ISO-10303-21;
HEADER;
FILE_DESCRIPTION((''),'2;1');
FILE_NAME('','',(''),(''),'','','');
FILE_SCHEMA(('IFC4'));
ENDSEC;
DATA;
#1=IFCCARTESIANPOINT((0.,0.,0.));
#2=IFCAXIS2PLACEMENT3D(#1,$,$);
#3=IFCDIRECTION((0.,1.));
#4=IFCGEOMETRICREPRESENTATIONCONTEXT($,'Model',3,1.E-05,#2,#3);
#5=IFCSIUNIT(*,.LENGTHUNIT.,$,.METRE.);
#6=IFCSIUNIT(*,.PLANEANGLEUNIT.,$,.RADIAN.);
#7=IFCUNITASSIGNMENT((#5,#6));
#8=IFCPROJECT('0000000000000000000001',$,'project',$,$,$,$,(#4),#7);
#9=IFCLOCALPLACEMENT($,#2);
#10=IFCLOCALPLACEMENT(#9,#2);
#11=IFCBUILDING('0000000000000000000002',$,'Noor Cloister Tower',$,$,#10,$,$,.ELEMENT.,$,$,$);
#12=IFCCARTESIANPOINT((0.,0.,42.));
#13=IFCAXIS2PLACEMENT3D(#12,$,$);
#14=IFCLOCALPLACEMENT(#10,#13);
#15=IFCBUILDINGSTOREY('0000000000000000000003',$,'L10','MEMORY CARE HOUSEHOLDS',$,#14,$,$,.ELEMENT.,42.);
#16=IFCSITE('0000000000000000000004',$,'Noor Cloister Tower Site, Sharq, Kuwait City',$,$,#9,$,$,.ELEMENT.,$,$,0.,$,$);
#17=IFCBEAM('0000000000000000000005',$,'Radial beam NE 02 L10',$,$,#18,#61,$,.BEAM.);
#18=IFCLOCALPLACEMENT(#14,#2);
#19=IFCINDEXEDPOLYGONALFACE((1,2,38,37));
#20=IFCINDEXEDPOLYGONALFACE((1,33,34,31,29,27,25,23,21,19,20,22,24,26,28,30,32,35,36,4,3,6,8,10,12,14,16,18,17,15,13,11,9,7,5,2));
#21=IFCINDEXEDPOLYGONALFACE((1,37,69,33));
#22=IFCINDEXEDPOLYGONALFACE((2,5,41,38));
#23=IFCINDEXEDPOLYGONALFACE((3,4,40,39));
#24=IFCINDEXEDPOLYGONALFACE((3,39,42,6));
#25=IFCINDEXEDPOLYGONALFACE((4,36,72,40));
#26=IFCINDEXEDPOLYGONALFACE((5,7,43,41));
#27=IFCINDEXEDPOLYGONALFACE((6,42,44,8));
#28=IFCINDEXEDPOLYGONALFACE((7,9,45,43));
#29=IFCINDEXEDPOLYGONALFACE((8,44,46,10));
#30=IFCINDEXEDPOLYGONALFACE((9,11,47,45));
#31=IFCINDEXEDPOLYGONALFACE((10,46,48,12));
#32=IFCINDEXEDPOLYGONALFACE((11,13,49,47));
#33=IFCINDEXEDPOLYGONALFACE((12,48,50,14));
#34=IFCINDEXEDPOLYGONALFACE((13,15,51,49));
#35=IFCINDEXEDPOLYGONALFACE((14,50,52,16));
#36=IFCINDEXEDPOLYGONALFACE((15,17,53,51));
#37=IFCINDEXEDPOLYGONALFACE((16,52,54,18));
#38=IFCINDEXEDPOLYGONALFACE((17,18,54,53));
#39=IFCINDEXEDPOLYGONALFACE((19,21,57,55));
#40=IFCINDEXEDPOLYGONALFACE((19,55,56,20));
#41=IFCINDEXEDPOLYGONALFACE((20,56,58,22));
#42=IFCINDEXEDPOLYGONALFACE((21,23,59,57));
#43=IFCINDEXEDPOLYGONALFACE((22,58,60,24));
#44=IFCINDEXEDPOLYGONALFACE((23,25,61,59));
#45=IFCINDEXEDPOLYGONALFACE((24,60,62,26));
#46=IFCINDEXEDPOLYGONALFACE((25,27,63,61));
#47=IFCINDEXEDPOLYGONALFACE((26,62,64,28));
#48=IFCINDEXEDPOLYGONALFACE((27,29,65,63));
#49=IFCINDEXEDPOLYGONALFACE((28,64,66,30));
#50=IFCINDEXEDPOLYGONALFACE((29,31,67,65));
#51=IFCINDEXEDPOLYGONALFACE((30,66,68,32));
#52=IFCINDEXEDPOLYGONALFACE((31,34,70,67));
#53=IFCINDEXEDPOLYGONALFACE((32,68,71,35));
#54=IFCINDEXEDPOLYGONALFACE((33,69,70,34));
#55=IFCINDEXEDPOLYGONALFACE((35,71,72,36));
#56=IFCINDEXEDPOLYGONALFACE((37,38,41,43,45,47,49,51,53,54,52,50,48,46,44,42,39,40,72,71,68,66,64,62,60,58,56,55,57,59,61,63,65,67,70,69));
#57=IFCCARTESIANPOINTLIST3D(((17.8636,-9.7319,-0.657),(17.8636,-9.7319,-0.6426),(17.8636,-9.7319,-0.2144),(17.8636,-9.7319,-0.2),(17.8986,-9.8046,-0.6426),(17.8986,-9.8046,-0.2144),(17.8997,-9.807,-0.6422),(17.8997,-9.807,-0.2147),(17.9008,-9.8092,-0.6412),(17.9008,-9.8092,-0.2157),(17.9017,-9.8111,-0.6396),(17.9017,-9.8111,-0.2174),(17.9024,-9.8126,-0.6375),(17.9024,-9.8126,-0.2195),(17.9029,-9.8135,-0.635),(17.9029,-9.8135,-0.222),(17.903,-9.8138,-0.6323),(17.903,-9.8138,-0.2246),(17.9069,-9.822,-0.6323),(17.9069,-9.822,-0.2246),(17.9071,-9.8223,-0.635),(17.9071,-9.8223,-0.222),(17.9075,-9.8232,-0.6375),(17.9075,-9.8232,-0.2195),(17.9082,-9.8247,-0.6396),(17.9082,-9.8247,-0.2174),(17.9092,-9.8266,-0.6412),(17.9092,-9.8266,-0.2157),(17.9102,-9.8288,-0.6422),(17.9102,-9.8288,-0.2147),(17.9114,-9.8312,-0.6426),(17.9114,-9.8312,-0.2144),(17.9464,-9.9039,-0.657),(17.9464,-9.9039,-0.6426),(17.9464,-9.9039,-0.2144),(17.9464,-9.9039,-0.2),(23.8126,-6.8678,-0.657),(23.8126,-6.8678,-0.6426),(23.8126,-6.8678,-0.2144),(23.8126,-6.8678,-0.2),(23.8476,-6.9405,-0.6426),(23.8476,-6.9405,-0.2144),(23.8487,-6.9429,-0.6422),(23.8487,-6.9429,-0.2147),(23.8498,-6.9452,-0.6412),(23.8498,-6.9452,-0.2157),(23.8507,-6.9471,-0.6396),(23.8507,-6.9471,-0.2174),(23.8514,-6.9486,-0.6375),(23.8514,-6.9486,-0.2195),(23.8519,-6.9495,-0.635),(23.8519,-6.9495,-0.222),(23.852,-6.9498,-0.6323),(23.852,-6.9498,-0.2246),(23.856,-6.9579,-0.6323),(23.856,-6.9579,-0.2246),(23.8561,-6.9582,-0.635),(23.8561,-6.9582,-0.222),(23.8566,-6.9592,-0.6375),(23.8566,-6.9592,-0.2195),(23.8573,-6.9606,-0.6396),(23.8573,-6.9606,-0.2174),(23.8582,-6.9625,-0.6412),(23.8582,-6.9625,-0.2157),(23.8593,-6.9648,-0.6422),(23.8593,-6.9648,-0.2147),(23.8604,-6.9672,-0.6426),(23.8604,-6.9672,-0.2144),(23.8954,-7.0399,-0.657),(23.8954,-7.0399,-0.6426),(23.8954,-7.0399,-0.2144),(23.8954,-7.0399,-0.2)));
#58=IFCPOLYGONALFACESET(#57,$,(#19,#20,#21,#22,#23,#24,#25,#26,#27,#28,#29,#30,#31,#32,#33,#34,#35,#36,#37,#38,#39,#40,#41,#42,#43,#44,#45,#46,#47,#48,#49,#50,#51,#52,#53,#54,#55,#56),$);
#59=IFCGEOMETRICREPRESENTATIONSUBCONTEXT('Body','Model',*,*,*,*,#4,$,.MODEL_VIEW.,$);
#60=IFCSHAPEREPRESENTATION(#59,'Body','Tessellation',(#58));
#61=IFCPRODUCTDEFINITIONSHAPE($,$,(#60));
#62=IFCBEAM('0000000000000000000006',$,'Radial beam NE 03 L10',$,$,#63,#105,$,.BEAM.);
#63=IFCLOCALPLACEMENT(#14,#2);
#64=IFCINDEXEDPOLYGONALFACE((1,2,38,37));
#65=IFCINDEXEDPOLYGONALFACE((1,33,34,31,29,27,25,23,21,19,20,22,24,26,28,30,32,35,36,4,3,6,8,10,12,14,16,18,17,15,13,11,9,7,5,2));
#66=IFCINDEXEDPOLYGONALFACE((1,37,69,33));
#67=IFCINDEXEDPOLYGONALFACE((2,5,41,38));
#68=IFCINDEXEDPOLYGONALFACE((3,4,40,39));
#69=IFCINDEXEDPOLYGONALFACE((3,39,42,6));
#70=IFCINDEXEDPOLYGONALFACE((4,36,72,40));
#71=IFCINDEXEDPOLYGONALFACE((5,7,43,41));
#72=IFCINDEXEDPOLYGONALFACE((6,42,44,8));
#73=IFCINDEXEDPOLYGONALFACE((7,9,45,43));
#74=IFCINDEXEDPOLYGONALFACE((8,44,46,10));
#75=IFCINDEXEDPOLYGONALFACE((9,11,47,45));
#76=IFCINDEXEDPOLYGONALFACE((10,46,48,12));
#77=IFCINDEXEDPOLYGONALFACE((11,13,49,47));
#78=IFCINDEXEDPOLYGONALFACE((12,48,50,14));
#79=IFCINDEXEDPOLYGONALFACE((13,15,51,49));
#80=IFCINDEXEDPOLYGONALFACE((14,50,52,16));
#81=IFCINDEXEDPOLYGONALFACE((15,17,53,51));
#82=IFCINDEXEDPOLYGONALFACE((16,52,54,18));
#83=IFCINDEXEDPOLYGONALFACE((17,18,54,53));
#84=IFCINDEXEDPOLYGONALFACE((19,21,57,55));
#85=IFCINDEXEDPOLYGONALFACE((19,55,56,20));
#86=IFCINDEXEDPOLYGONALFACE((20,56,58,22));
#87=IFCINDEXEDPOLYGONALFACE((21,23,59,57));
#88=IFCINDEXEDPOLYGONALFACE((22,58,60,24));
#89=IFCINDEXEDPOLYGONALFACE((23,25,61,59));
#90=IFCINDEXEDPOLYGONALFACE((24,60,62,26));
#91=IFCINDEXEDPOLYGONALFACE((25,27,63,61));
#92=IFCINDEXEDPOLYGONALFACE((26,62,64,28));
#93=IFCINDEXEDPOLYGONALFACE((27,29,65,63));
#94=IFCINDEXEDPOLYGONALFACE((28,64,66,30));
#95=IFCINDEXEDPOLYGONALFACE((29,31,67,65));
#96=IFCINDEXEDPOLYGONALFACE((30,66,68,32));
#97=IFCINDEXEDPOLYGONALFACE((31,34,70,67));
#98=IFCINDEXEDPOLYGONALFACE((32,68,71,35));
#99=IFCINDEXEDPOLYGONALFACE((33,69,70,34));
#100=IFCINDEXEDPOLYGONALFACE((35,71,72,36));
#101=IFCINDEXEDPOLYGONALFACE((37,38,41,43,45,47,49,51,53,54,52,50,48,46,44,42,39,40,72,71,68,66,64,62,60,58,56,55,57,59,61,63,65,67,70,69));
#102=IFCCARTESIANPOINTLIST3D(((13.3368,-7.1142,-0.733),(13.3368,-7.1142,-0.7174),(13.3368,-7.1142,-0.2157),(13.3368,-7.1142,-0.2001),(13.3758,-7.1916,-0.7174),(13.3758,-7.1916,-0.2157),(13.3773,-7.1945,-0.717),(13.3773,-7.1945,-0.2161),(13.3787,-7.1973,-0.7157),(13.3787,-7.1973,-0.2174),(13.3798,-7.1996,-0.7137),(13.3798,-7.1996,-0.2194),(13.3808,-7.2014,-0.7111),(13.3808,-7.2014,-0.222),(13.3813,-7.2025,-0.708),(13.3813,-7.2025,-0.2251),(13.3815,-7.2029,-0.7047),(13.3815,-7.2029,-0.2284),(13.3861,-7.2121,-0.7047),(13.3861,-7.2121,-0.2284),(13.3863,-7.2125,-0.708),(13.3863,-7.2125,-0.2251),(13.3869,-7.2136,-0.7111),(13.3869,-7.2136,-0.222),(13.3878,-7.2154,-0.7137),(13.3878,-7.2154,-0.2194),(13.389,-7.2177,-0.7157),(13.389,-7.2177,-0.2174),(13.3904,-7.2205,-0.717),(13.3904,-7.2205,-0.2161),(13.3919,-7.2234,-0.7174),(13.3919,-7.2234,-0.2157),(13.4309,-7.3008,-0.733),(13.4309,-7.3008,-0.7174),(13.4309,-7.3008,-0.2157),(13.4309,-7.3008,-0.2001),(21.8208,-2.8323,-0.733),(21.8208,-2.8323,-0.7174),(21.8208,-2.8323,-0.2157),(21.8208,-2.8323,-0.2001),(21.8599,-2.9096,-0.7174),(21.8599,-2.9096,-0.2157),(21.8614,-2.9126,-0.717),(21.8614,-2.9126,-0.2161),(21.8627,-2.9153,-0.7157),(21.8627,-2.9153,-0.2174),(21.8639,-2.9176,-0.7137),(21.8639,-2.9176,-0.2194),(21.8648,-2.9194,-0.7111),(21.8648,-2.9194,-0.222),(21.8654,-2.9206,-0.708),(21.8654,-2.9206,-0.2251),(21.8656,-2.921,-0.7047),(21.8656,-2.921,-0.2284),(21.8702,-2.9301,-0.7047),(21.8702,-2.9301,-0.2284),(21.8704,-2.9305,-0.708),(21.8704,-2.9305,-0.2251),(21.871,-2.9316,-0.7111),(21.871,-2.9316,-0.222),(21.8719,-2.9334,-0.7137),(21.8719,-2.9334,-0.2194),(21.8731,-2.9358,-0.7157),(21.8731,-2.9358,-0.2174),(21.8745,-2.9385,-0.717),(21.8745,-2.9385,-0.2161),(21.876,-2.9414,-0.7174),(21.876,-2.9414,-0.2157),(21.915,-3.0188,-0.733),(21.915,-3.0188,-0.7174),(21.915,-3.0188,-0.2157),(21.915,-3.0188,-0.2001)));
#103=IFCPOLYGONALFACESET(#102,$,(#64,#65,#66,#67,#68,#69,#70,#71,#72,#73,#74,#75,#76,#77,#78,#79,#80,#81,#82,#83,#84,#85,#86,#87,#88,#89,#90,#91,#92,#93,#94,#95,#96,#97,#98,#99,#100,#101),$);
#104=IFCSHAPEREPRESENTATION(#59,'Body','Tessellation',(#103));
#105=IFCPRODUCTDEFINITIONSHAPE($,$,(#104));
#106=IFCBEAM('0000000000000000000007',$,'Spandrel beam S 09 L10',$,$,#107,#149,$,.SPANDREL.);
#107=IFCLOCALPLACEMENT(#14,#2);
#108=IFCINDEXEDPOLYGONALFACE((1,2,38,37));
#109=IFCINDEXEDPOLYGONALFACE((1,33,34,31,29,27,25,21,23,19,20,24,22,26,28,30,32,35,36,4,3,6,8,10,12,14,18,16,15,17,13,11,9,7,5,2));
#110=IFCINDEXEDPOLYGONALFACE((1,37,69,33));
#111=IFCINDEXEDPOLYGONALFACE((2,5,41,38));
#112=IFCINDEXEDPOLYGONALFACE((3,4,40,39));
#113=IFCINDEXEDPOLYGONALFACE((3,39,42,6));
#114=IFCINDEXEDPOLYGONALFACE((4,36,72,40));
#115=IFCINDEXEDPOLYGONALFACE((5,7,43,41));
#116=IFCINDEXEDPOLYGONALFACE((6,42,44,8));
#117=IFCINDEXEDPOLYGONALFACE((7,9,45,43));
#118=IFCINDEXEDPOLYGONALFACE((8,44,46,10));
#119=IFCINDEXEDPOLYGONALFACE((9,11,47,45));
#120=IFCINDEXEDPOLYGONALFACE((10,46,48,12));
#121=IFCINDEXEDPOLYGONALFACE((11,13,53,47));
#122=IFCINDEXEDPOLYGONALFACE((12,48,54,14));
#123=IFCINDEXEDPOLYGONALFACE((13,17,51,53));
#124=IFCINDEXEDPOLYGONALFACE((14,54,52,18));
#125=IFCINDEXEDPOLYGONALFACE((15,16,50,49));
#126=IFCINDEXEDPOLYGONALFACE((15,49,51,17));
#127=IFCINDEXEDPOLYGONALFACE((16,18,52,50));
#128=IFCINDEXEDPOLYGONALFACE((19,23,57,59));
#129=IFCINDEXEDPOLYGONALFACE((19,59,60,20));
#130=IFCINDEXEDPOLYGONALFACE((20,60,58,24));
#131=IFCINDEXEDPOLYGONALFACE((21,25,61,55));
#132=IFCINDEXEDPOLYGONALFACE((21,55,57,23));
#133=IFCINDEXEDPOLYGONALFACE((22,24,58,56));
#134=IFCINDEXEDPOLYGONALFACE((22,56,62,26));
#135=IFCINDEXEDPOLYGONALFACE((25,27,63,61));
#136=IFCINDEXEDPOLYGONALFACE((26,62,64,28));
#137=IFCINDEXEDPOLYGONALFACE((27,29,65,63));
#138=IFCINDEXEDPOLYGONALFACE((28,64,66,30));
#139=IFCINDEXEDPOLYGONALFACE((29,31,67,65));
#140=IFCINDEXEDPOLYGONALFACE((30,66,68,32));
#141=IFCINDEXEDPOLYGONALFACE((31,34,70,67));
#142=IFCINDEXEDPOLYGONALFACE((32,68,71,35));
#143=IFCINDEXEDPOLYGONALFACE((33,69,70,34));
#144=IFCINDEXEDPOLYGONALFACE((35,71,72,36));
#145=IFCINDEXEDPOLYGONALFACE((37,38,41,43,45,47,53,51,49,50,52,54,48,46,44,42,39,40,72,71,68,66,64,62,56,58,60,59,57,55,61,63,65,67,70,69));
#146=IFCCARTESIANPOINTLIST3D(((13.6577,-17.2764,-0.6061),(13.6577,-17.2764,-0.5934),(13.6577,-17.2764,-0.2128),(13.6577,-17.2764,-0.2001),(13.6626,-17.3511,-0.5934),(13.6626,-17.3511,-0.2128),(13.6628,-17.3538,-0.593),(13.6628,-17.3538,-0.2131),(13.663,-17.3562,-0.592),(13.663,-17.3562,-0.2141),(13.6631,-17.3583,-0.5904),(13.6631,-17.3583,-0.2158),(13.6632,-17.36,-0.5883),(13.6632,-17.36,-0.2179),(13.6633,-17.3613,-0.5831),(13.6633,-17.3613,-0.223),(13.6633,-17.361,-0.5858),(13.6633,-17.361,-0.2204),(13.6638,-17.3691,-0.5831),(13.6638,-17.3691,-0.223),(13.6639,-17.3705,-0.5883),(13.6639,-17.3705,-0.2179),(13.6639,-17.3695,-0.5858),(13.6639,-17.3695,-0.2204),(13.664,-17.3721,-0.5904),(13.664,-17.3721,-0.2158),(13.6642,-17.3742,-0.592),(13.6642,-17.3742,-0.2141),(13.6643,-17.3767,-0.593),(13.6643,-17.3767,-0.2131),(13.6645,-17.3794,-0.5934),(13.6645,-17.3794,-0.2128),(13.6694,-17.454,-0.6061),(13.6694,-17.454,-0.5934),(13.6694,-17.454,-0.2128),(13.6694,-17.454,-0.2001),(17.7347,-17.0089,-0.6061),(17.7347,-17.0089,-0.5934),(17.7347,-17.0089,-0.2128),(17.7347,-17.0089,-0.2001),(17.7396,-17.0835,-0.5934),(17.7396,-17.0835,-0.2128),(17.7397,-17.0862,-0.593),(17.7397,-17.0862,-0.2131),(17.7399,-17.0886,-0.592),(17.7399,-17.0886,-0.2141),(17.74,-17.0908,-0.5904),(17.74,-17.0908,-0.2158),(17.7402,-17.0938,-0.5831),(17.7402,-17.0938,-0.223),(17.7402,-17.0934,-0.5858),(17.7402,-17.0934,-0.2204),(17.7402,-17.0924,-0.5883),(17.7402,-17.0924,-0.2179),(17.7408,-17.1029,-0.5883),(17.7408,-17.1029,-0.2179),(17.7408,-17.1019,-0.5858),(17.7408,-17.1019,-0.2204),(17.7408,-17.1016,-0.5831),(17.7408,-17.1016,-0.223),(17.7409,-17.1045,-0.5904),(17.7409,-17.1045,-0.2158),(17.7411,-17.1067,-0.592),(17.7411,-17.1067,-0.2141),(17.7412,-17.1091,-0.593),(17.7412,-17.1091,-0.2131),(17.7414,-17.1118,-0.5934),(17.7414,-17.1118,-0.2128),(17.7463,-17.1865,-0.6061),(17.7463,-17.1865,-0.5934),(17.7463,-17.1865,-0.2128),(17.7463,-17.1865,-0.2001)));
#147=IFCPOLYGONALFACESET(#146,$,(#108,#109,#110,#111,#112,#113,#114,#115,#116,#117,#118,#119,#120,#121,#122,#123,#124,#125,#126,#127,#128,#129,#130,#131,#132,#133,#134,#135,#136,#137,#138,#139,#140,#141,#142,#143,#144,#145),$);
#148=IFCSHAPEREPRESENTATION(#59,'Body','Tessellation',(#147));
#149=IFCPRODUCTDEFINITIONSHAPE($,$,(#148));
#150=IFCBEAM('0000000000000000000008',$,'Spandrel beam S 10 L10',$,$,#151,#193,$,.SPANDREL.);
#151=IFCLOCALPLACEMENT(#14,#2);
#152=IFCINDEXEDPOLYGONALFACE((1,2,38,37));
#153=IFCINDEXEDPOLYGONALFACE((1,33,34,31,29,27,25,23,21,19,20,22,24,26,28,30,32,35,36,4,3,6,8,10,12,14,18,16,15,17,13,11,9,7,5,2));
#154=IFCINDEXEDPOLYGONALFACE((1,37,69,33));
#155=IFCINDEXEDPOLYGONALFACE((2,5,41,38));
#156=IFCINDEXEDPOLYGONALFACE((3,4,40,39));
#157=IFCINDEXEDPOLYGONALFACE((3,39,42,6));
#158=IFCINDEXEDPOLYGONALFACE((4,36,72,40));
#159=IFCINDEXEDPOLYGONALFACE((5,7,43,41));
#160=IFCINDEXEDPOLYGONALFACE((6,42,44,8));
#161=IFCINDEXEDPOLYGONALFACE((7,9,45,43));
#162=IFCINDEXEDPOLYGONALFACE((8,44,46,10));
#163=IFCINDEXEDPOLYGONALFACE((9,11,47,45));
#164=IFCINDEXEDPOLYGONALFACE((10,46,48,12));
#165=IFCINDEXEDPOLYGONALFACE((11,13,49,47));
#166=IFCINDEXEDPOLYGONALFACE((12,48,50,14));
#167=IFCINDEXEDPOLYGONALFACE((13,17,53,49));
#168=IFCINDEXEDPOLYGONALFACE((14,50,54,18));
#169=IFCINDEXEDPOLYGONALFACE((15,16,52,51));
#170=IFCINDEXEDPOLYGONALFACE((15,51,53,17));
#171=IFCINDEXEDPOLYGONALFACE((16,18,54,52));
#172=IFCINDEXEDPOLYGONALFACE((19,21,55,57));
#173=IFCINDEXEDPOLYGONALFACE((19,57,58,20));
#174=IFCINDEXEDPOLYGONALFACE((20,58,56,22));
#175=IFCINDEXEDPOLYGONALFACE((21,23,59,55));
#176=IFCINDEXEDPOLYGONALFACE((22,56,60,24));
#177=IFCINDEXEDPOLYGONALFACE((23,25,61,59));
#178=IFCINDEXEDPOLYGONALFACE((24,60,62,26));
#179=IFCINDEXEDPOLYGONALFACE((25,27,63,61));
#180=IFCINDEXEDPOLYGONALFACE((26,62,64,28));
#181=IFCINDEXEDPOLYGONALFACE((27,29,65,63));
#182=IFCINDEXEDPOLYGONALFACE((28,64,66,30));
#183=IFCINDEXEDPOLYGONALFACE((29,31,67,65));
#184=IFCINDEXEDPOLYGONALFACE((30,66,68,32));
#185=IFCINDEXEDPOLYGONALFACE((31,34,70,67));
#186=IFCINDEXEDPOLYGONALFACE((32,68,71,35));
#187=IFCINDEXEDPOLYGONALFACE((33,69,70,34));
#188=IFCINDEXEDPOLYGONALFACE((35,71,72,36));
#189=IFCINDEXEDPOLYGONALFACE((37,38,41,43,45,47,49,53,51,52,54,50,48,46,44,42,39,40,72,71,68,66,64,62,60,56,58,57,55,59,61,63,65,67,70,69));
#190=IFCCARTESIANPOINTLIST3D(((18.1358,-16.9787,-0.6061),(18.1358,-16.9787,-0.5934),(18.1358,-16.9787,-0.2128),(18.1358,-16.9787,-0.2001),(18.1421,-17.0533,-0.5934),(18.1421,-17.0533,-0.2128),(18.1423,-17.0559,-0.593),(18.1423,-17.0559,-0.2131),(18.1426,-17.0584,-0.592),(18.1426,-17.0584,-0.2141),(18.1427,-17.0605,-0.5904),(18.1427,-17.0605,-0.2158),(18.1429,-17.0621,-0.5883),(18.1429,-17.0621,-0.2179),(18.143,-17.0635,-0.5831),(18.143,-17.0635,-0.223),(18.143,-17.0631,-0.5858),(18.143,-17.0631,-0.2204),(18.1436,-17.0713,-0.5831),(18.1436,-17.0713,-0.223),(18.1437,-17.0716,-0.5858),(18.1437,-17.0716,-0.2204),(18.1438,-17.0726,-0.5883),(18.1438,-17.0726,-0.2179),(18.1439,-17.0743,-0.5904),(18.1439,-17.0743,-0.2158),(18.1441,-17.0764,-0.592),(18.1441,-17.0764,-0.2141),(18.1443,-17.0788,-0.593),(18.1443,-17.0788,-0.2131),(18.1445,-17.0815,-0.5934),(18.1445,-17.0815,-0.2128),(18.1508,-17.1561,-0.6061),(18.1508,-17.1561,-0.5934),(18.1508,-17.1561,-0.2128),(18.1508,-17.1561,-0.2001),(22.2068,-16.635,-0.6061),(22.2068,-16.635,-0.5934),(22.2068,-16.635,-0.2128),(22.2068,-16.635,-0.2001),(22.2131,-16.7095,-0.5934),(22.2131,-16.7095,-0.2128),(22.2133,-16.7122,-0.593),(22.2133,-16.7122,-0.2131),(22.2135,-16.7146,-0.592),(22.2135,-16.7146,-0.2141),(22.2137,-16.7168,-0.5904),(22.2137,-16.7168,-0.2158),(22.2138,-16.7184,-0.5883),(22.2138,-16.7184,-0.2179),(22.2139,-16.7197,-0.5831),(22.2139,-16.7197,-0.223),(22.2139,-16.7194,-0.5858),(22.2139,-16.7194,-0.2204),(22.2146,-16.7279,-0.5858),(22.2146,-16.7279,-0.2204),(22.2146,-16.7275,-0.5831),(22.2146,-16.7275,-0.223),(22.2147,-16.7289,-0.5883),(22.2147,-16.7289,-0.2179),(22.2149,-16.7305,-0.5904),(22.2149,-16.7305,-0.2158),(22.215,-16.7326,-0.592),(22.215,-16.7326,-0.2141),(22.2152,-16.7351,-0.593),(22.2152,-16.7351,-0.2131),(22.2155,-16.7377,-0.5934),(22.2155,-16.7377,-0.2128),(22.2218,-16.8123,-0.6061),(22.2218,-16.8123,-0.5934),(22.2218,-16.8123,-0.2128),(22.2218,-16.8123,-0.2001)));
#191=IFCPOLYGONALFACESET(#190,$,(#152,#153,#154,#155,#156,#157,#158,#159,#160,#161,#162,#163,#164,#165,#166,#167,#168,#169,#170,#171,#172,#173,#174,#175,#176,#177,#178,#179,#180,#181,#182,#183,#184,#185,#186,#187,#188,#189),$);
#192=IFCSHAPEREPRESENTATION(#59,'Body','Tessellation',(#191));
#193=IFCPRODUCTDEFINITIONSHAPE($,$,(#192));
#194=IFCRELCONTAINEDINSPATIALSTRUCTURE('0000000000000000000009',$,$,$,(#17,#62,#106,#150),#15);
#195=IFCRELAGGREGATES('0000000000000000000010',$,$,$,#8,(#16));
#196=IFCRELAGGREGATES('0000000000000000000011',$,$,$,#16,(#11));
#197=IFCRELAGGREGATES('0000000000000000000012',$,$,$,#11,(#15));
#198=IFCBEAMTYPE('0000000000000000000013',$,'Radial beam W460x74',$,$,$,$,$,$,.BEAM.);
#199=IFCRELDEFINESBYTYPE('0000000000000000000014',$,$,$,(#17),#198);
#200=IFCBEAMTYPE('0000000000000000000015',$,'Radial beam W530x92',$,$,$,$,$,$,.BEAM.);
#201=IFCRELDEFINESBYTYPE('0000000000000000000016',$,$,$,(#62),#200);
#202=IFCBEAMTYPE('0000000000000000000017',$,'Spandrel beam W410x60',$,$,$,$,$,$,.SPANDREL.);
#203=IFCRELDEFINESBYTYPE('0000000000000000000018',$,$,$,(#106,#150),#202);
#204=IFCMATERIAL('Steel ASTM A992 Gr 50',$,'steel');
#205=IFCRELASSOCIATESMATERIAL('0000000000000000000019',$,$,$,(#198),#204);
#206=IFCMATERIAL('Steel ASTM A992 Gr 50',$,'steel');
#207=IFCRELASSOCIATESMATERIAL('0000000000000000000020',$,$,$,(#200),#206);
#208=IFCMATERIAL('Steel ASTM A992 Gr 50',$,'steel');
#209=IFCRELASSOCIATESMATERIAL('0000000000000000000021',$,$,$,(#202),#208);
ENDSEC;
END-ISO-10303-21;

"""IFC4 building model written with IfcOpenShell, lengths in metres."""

from ifc_helpers import new_model, si_unit, direction, frame, origin, origin_2d, place, context, subcontext, project, spatial, i_section, extrude, material, material_profile, profile_set, type_object, element, save


model = new_model("IFC4")

# Units and contexts
model_context = context("Model", 3, precision=1e-05, world=origin(), true_north=direction((0.0, 1.0)))
body_context = subcontext(model_context, "Body", "Model", "MODEL_VIEW")
ifc_project = project(units=[si_unit("LENGTHUNIT", "METRE"), si_unit("PLANEANGLEUNIT", "RADIAN")], contexts=[model_context])

# Site, building, storey
site_placement = place(None, origin())
site = spatial("IfcSite", under=ifc_project, at=site_placement, Name="Noor Cloister Tower Site, Sharq, Kuwait City", CompositionType="ELEMENT", RefElevation=0.0)
building_placement = place(site_placement, origin())
building = spatial("IfcBuilding", under=site, at=building_placement, Name="Noor Cloister Tower", CompositionType="ELEMENT")
storey_placement = place(building_placement, frame((0.0, 0.0, 42.0)))
storey = spatial("IfcBuildingStorey", under=building, at=storey_placement, Name="L10", Description="MEMORY CARE HOUSEHOLDS", CompositionType="ELEMENT", Elevation=42.0)

# Beams
ifc_material_1 = material(Name="Steel ASTM A992 Gr 50", Category="steel")
ifc_material_profile_1 = material_profile(ifc_material_1, i_section(OverallWidth=0.1909, OverallDepth=0.457, WebThickness=0.009, FlangeThickness=0.0144, FilletRadius=0.0103, at=origin_2d()), Name="W460x74")
ifc_profile_set_1 = profile_set([ifc_material_profile_1], Name="Steel ASTM A992 Gr 50")
beam_type_1 = type_object("IfcBeamType", Name="Radial beam W460x74", PredefinedType="BEAM", material=ifc_profile_set_1)
beam_1_placement = place(storey_placement, frame((23.854, -6.9539, -0.4285), z_axis=(-0.90102, -0.433778, 0.0), x_axis=(0.433778, -0.90102, 0.0)))
element("IfcBeam", 1, at=beam_1_placement, inside=storey, type_object=beam_type_1, Name="Radial beam NE 02 L10", PredefinedType="BEAM", context=body_context, shape_type="SweptSolid", body=[
    extrude(i_section(OverallWidth=0.1909, OverallDepth=0.457, WebThickness=0.009, FlangeThickness=0.0144, FilletRadius=0.0103, at=origin_2d()), origin(), (0.0, 0.0, 1.0), 6.6025),
])
ifc_material_2 = material(Name="Steel ASTM A992 Gr 50", Category="steel")
ifc_material_profile_2 = material_profile(ifc_material_2, i_section(OverallWidth=0.209, OverallDepth=0.533, WebThickness=0.0103, FlangeThickness=0.0156, FilletRadius=0.0127, at=origin_2d()), Name="W530x92")
ifc_profile_set_2 = profile_set([ifc_material_profile_2], Name="Steel ASTM A992 Gr 50")
beam_type_2 = type_object("IfcBeamType", Name="Radial beam W530x92", PredefinedType="BEAM", material=ifc_profile_set_2)
beam_2_placement = place(storey_placement, frame((21.8679, -2.9255, -0.4666), z_axis=(-0.892741, -0.450571, 0.0), x_axis=(0.450571, -0.892741, 0.0)))
element("IfcBeam", 2, at=beam_2_placement, inside=storey, type_object=beam_type_2, Name="Radial beam NE 03 L10", PredefinedType="BEAM", context=body_context, shape_type="SweptSolid", body=[
    extrude(i_section(OverallWidth=0.209, OverallDepth=0.533, WebThickness=0.0103, FlangeThickness=0.0156, FilletRadius=0.0127, at=origin_2d()), origin(), (0.0, 0.0, 1.0), 9.5034),
])
ifc_material_3 = material(Name="Steel ASTM A992 Gr 50", Category="steel")
ifc_material_profile_3 = material_profile(ifc_material_3, i_section(OverallWidth=0.178, OverallDepth=0.406, WebThickness=0.0078, FlangeThickness=0.0127, FilletRadius=0.0103, at=origin_2d()), Name="W410x60")
ifc_profile_set_3 = profile_set([ifc_material_profile_3], Name="Steel ASTM A992 Gr 50")
beam_type_3 = type_object("IfcBeamType", Name="Spandrel beam W410x60", PredefinedType="SPANDREL", material=ifc_profile_set_3)
beam_3_placement = place(storey_placement, frame((13.6636, -17.3652, -0.4031), z_axis=(0.997853, 0.065492, 0.0), x_axis=(-0.065492, 0.997853, 0.0)))
element("IfcBeam", 3, at=beam_3_placement, inside=storey, type_object=beam_type_3, Name="Spandrel beam S 09 L10", PredefinedType="SPANDREL", context=body_context, shape_type="SweptSolid", body=[
    extrude(i_section(OverallWidth=0.178, OverallDepth=0.406, WebThickness=0.0078, FlangeThickness=0.0127, FilletRadius=0.0103, at=origin_2d()), origin(), (0.0, 0.0, 1.0), 4.0857),
])
beam_4_placement = place(storey_placement, frame((18.1433, -17.0674, -0.4031), z_axis=(0.996454, 0.084138, 0.0), x_axis=(-0.084138, 0.996454, 0.0)))
element("IfcBeam", 4, at=beam_4_placement, inside=storey, type_object=beam_type_3, Name="Spandrel beam S 10 L10", PredefinedType="SPANDREL", context=body_context, shape_type="SweptSolid", body=[
    extrude(i_section(OverallWidth=0.178, OverallDepth=0.406, WebThickness=0.0078, FlangeThickness=0.0127, FilletRadius=0.0103, at=origin_2d()), origin(), (0.0, 0.0, 1.0), 4.0854),
])

save(model, "model.ifc")
